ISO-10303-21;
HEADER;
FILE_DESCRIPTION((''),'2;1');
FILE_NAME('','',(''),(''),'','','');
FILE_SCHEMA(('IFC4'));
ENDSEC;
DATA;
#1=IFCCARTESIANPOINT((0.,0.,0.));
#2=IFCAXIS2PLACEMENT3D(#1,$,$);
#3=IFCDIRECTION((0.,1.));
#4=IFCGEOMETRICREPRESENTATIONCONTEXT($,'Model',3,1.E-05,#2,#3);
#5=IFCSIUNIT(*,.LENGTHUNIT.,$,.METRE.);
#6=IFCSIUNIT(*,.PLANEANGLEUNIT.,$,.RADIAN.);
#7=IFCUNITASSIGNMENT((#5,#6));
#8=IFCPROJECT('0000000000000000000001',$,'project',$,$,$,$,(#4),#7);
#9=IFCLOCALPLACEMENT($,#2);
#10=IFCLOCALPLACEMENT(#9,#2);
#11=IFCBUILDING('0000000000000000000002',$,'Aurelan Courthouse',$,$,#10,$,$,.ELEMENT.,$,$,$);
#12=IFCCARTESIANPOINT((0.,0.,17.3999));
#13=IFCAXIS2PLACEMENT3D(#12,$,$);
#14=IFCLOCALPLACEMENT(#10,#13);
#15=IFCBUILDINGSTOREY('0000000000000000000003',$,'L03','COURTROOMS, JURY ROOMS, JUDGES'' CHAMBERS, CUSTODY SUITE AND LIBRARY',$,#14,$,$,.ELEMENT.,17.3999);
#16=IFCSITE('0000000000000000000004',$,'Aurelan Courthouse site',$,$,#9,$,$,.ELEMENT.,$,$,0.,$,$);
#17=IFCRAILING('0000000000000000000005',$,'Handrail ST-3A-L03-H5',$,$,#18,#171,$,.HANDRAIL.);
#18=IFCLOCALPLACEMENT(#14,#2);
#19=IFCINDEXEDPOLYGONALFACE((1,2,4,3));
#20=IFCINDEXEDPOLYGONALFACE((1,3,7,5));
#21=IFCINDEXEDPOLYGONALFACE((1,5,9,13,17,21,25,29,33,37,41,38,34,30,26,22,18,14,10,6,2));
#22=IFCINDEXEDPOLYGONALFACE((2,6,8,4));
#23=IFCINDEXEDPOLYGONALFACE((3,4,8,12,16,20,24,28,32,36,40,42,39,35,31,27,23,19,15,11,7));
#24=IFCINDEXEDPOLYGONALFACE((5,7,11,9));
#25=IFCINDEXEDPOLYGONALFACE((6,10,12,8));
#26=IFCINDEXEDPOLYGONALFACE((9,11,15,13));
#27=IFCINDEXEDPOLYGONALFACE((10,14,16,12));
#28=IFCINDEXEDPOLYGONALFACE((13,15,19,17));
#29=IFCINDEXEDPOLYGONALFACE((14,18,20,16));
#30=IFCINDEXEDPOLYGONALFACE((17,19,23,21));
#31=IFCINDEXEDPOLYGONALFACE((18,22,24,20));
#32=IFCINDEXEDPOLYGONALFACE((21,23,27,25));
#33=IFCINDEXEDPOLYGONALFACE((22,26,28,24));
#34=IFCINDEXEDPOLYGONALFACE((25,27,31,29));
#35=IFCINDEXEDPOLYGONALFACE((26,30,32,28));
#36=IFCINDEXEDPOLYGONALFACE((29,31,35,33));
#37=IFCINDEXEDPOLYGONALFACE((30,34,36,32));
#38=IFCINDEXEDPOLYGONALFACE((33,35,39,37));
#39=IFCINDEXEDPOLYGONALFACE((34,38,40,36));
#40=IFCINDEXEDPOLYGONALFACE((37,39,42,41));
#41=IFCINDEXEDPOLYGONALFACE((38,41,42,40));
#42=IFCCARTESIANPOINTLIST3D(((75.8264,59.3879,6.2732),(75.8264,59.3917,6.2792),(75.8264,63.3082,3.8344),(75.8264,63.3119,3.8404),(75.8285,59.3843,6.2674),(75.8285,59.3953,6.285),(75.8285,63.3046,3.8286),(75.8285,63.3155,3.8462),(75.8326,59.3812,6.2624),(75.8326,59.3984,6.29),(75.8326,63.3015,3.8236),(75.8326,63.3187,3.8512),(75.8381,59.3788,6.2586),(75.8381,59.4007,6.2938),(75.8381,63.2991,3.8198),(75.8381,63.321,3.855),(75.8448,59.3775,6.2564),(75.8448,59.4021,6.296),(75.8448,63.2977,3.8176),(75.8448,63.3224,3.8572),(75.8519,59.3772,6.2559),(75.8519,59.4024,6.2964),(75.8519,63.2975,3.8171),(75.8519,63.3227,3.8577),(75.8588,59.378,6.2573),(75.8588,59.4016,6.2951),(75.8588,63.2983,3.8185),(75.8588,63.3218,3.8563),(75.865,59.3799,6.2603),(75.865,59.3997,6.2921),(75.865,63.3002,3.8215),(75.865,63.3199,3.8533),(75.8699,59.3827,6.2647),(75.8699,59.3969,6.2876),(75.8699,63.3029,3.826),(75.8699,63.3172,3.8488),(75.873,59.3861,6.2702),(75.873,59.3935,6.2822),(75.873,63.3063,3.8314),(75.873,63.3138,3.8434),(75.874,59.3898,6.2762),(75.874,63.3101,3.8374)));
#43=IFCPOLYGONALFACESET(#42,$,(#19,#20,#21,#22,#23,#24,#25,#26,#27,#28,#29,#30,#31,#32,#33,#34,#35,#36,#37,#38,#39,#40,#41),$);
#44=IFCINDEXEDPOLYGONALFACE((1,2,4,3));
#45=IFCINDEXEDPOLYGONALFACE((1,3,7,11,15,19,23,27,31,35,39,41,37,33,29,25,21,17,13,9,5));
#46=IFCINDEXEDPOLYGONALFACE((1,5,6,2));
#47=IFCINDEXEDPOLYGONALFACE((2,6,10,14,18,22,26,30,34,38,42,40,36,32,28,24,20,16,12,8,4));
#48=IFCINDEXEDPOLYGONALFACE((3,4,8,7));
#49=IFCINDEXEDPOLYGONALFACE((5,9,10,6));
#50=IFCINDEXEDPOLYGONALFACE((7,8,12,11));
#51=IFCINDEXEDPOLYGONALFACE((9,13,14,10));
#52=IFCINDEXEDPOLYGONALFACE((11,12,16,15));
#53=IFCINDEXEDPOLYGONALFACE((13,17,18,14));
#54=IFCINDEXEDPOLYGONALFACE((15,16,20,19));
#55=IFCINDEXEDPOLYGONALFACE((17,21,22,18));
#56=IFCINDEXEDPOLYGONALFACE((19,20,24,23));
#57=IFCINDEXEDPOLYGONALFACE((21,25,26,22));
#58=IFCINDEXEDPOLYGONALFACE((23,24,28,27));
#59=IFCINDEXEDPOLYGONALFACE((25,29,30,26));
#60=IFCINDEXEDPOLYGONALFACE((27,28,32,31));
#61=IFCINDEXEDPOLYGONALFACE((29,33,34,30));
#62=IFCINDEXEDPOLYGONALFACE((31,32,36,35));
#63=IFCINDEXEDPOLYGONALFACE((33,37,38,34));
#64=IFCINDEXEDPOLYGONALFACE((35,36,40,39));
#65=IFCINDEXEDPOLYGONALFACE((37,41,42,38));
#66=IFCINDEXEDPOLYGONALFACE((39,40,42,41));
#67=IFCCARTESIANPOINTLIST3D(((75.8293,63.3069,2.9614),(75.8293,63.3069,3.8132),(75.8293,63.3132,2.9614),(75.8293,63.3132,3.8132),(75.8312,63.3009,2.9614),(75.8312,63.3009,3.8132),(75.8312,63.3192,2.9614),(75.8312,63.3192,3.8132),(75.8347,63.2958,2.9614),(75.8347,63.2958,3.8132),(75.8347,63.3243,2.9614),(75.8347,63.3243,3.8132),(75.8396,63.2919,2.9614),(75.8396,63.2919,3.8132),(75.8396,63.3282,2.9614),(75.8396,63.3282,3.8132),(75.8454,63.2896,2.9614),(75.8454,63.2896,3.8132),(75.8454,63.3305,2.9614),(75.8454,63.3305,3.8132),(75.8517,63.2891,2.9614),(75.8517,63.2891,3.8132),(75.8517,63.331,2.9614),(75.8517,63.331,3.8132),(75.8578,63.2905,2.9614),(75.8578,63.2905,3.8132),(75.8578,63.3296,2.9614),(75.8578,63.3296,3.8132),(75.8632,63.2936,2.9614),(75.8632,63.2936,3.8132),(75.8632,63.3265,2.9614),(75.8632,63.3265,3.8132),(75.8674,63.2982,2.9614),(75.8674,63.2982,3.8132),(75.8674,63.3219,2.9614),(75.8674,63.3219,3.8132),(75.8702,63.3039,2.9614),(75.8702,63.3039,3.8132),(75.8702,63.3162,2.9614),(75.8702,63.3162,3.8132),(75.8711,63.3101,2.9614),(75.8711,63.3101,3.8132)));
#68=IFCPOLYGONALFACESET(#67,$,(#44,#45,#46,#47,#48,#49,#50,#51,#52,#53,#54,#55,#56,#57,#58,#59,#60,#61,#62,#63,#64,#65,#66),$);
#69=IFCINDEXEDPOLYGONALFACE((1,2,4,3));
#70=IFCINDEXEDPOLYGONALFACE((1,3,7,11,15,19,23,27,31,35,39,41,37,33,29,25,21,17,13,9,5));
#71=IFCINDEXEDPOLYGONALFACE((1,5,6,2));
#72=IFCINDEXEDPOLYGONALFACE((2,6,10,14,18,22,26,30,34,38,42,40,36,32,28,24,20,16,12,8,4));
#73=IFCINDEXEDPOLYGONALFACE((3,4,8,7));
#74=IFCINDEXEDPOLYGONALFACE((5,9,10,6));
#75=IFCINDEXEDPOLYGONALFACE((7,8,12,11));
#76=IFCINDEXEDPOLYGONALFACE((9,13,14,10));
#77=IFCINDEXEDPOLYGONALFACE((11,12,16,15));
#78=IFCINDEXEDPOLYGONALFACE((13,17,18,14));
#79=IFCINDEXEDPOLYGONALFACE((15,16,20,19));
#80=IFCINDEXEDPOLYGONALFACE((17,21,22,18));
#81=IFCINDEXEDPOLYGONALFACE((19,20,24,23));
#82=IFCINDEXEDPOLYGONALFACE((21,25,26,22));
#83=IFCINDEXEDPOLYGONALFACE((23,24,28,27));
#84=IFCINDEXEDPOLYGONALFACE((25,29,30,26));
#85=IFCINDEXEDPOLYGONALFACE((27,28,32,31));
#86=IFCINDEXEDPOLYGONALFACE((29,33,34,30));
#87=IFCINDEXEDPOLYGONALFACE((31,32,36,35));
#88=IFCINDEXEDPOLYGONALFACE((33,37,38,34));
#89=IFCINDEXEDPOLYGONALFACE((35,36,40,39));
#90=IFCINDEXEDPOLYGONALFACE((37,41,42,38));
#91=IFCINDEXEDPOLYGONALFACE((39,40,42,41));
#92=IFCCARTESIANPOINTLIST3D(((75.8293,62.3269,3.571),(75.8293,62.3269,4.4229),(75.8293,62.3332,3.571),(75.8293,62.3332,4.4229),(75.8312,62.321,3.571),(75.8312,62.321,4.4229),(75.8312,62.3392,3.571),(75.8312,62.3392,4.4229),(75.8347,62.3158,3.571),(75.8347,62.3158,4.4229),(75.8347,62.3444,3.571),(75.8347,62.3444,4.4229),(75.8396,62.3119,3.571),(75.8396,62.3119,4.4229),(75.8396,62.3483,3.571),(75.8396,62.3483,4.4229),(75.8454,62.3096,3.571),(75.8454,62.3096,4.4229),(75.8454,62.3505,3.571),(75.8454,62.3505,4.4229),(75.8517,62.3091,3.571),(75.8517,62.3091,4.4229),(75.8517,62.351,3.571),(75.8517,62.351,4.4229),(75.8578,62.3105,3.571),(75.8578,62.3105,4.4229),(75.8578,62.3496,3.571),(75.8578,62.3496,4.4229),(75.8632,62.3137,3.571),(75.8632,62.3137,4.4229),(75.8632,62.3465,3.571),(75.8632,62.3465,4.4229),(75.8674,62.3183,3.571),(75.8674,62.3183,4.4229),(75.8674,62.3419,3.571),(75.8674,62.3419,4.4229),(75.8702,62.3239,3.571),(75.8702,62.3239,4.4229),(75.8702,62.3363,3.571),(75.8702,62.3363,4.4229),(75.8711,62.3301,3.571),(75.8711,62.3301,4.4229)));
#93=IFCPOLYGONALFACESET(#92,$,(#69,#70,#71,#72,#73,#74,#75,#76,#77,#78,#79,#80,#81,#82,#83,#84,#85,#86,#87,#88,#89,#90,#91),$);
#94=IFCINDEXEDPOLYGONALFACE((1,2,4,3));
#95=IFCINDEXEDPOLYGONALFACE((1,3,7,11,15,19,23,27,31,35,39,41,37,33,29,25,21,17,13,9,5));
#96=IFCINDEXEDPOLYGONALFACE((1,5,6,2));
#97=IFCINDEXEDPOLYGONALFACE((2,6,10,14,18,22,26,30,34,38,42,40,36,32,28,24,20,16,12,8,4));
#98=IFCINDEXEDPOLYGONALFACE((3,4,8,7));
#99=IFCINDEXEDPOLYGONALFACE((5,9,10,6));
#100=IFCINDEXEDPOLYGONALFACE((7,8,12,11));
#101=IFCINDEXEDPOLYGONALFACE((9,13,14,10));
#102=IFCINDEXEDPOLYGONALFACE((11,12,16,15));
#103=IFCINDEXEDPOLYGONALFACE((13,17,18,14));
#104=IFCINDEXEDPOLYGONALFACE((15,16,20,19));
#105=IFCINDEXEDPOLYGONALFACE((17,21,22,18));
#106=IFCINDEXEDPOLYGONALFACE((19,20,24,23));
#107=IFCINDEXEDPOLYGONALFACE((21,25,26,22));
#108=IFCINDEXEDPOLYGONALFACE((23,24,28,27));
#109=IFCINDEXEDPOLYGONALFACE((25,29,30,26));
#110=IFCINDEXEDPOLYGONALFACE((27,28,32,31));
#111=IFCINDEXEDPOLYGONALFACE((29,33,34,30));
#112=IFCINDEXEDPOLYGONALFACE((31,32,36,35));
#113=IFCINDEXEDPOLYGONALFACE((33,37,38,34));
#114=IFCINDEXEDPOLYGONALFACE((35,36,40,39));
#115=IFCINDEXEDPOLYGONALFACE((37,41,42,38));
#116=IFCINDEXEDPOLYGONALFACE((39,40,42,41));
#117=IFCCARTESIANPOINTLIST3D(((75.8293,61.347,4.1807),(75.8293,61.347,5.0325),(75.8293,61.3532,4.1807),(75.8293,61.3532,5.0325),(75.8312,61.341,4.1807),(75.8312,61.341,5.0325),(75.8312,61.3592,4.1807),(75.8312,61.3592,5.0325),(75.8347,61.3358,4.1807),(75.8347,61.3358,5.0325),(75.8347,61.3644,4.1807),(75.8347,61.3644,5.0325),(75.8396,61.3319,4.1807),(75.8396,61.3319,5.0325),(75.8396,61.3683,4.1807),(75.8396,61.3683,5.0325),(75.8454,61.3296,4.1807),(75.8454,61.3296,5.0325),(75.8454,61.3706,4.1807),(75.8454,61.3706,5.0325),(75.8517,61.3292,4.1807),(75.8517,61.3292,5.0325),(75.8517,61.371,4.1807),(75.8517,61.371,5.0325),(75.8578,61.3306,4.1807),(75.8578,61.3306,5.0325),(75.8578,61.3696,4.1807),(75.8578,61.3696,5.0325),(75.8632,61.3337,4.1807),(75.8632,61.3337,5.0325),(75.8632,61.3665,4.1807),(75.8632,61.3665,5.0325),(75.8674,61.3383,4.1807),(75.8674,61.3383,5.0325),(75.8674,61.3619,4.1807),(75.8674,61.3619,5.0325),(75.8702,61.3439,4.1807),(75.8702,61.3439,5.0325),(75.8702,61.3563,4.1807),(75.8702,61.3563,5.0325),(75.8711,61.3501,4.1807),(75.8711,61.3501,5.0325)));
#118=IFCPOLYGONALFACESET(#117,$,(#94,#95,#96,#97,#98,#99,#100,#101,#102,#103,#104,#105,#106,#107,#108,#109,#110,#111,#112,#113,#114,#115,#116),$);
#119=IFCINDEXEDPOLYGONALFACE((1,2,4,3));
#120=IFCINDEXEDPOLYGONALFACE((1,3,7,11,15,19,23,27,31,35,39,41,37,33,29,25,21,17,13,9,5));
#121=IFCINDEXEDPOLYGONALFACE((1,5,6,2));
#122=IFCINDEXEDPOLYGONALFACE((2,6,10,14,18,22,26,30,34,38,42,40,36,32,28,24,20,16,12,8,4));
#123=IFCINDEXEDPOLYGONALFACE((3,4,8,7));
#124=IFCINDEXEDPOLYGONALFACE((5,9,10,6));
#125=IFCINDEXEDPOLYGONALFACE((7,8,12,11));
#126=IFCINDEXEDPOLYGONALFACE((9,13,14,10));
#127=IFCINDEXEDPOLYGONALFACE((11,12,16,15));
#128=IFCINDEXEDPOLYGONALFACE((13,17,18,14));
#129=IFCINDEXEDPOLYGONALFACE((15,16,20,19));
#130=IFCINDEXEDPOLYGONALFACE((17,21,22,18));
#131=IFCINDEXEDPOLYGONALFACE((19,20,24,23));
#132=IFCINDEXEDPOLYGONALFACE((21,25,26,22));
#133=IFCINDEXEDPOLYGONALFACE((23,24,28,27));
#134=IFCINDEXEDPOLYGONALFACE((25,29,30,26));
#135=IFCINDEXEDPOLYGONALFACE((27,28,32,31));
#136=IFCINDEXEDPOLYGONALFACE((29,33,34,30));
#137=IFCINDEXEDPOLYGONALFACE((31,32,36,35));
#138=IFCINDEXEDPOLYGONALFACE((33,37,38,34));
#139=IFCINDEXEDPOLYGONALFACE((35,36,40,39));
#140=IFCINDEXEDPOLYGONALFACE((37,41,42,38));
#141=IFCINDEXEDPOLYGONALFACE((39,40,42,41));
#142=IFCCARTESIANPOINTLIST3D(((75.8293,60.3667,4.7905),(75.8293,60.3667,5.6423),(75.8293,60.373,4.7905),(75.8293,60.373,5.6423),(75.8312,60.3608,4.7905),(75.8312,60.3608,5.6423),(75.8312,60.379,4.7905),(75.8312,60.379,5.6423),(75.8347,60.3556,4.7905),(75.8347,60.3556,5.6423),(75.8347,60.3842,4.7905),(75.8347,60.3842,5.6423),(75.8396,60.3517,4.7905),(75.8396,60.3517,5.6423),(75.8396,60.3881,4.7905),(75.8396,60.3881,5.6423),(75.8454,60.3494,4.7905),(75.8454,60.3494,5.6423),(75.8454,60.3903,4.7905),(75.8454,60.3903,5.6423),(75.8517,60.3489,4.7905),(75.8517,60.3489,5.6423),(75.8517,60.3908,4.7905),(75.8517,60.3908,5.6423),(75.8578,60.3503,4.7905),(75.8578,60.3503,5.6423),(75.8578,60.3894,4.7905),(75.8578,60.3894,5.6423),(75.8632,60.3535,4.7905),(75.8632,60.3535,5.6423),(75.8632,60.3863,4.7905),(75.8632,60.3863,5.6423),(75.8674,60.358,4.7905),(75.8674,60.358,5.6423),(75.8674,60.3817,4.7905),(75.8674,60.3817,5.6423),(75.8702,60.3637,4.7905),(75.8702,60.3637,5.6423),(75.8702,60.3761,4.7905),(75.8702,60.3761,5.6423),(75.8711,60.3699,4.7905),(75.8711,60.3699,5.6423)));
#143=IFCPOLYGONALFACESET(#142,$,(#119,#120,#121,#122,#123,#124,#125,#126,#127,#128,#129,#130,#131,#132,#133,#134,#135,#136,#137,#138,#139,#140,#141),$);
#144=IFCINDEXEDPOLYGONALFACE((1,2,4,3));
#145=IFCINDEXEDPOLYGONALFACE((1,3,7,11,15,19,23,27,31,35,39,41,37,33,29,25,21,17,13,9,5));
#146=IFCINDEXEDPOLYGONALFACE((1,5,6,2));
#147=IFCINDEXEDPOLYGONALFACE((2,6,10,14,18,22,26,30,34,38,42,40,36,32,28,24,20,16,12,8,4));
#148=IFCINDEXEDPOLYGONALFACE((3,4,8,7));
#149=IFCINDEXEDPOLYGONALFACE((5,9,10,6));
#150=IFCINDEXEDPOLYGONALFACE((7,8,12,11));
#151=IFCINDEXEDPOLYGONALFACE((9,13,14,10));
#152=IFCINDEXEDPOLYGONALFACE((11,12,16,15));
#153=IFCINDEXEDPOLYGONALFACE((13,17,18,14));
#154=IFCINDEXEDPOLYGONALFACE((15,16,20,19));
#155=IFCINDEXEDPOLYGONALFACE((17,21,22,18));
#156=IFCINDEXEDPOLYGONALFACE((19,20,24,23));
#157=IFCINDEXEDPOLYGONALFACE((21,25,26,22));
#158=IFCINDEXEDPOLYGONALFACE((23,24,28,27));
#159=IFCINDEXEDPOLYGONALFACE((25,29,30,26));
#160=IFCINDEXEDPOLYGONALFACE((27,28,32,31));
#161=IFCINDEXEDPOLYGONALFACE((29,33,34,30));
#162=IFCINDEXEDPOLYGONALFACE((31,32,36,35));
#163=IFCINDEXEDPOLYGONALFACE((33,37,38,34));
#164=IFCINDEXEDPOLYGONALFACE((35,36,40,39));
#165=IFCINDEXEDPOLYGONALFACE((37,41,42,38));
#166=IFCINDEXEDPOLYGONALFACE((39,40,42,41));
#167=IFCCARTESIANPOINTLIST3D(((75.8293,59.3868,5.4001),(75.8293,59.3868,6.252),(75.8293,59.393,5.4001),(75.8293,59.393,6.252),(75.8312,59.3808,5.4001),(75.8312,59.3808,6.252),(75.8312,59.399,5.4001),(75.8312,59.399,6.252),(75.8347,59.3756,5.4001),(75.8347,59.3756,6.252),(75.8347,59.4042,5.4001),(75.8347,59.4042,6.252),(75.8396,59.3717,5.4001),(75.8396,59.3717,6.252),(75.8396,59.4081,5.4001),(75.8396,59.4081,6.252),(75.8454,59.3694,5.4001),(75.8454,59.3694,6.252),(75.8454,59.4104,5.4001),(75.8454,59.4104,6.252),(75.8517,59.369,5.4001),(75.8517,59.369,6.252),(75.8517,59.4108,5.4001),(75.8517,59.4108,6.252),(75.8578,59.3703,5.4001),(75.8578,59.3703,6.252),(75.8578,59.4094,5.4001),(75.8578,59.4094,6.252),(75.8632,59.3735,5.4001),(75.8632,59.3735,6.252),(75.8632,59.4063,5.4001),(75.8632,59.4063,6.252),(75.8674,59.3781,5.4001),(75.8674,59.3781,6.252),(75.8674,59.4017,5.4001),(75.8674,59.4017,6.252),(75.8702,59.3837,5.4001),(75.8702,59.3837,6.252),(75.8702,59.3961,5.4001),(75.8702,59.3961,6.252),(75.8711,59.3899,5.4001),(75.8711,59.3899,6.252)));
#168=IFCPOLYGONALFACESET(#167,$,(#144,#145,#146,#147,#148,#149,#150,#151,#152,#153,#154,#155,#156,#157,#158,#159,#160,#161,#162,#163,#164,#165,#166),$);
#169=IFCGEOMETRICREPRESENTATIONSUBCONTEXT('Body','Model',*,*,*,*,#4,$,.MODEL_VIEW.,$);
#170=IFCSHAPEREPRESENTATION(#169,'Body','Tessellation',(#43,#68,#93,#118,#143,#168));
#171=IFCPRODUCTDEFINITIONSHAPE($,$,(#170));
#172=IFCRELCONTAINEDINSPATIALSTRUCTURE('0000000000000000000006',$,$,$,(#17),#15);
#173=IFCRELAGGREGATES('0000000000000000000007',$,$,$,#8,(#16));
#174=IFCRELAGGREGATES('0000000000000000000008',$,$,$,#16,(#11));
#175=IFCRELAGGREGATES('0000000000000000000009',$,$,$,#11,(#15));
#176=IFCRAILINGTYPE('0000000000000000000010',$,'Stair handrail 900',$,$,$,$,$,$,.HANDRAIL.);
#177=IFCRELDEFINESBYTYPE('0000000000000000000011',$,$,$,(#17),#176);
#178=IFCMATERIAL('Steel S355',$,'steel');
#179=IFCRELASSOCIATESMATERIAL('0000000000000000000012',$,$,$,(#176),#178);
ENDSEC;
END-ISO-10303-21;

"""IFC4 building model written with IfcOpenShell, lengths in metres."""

from ifc_helpers import new_model, si_unit, direction, frame, origin, origin_2d, place, context, subcontext, project, spatial, circle, extrude, material, type_object, element, save


model = new_model("IFC4")

# Units and contexts
model_context = context("Model", 3, precision=1e-05, world=origin(), true_north=direction((0.0, 1.0)))
body_context = subcontext(model_context, "Body", "Model", "MODEL_VIEW")
ifc_project = project(units=[si_unit("LENGTHUNIT", "METRE"), si_unit("PLANEANGLEUNIT", "RADIAN")], contexts=[model_context])

# Site, building, storey
site_placement = place(None, origin())
site = spatial("IfcSite", under=ifc_project, at=site_placement, Name="Aurelan Courthouse site", CompositionType="ELEMENT", RefElevation=0.0)
building_placement = place(site_placement, origin())
building = spatial("IfcBuilding", under=site, at=building_placement, Name="Aurelan Courthouse", CompositionType="ELEMENT")
storey_placement = place(building_placement, frame((0.0, 0.0, 17.3999)))
storey = spatial("IfcBuildingStorey", under=building, at=storey_placement, Name="L03", Description="COURTROOMS, JURY ROOMS, JUDGES' CHAMBERS, CUSTODY SUITE AND LIBRARY", CompositionType="ELEMENT", Elevation=17.3999)

# Railing
ifc_material_1 = material(Name="Steel S355", Category="steel")
railing_type_1 = type_object("IfcRailingType", Name="Stair handrail 900", PredefinedType="HANDRAIL", material=ifc_material_1)
railing_1_placement = place(storey_placement, frame((75.8501, 63.3101, 2.9614)))
element("IfcRailing", 1, at=railing_1_placement, inside=storey, type_object=railing_type_1, Name="Handrail ST-3A-L03-H5", PredefinedType="HANDRAIL", context=body_context, shape_type="SweptSolid", body=[
    extrude(circle(Radius=0.0239, at=origin_2d()), frame((0.0, 0.0, 0.876), z_axis=(0.0, -0.849105, 0.528225), x_axis=(1.0, 0.0, 0.0)), (0.0, 0.0, 1.0), 4.6169),
    extrude(circle(Radius=0.021, at=origin_2d()), origin(), (0.0, 0.0, 1.0), 0.8518),
    extrude(circle(Radius=0.021, at=origin_2d()), frame((0.0, -0.98, 0.6096)), (0.0, 0.0, 1.0), 0.8518),
    extrude(circle(Radius=0.021, at=origin_2d()), frame((0.0, -1.96, 1.2192)), (0.0, 0.0, 1.0), 0.8518),
    extrude(circle(Radius=0.021, at=origin_2d()), frame((0.0, -2.9402, 1.8291)), (0.0, 0.0, 1.0), 0.8518),
    extrude(circle(Radius=0.021, at=origin_2d()), frame((0.0, -3.9202, 2.4387)), (0.0, 0.0, 1.0), 0.8518),
])

save(model, "model.ifc")
